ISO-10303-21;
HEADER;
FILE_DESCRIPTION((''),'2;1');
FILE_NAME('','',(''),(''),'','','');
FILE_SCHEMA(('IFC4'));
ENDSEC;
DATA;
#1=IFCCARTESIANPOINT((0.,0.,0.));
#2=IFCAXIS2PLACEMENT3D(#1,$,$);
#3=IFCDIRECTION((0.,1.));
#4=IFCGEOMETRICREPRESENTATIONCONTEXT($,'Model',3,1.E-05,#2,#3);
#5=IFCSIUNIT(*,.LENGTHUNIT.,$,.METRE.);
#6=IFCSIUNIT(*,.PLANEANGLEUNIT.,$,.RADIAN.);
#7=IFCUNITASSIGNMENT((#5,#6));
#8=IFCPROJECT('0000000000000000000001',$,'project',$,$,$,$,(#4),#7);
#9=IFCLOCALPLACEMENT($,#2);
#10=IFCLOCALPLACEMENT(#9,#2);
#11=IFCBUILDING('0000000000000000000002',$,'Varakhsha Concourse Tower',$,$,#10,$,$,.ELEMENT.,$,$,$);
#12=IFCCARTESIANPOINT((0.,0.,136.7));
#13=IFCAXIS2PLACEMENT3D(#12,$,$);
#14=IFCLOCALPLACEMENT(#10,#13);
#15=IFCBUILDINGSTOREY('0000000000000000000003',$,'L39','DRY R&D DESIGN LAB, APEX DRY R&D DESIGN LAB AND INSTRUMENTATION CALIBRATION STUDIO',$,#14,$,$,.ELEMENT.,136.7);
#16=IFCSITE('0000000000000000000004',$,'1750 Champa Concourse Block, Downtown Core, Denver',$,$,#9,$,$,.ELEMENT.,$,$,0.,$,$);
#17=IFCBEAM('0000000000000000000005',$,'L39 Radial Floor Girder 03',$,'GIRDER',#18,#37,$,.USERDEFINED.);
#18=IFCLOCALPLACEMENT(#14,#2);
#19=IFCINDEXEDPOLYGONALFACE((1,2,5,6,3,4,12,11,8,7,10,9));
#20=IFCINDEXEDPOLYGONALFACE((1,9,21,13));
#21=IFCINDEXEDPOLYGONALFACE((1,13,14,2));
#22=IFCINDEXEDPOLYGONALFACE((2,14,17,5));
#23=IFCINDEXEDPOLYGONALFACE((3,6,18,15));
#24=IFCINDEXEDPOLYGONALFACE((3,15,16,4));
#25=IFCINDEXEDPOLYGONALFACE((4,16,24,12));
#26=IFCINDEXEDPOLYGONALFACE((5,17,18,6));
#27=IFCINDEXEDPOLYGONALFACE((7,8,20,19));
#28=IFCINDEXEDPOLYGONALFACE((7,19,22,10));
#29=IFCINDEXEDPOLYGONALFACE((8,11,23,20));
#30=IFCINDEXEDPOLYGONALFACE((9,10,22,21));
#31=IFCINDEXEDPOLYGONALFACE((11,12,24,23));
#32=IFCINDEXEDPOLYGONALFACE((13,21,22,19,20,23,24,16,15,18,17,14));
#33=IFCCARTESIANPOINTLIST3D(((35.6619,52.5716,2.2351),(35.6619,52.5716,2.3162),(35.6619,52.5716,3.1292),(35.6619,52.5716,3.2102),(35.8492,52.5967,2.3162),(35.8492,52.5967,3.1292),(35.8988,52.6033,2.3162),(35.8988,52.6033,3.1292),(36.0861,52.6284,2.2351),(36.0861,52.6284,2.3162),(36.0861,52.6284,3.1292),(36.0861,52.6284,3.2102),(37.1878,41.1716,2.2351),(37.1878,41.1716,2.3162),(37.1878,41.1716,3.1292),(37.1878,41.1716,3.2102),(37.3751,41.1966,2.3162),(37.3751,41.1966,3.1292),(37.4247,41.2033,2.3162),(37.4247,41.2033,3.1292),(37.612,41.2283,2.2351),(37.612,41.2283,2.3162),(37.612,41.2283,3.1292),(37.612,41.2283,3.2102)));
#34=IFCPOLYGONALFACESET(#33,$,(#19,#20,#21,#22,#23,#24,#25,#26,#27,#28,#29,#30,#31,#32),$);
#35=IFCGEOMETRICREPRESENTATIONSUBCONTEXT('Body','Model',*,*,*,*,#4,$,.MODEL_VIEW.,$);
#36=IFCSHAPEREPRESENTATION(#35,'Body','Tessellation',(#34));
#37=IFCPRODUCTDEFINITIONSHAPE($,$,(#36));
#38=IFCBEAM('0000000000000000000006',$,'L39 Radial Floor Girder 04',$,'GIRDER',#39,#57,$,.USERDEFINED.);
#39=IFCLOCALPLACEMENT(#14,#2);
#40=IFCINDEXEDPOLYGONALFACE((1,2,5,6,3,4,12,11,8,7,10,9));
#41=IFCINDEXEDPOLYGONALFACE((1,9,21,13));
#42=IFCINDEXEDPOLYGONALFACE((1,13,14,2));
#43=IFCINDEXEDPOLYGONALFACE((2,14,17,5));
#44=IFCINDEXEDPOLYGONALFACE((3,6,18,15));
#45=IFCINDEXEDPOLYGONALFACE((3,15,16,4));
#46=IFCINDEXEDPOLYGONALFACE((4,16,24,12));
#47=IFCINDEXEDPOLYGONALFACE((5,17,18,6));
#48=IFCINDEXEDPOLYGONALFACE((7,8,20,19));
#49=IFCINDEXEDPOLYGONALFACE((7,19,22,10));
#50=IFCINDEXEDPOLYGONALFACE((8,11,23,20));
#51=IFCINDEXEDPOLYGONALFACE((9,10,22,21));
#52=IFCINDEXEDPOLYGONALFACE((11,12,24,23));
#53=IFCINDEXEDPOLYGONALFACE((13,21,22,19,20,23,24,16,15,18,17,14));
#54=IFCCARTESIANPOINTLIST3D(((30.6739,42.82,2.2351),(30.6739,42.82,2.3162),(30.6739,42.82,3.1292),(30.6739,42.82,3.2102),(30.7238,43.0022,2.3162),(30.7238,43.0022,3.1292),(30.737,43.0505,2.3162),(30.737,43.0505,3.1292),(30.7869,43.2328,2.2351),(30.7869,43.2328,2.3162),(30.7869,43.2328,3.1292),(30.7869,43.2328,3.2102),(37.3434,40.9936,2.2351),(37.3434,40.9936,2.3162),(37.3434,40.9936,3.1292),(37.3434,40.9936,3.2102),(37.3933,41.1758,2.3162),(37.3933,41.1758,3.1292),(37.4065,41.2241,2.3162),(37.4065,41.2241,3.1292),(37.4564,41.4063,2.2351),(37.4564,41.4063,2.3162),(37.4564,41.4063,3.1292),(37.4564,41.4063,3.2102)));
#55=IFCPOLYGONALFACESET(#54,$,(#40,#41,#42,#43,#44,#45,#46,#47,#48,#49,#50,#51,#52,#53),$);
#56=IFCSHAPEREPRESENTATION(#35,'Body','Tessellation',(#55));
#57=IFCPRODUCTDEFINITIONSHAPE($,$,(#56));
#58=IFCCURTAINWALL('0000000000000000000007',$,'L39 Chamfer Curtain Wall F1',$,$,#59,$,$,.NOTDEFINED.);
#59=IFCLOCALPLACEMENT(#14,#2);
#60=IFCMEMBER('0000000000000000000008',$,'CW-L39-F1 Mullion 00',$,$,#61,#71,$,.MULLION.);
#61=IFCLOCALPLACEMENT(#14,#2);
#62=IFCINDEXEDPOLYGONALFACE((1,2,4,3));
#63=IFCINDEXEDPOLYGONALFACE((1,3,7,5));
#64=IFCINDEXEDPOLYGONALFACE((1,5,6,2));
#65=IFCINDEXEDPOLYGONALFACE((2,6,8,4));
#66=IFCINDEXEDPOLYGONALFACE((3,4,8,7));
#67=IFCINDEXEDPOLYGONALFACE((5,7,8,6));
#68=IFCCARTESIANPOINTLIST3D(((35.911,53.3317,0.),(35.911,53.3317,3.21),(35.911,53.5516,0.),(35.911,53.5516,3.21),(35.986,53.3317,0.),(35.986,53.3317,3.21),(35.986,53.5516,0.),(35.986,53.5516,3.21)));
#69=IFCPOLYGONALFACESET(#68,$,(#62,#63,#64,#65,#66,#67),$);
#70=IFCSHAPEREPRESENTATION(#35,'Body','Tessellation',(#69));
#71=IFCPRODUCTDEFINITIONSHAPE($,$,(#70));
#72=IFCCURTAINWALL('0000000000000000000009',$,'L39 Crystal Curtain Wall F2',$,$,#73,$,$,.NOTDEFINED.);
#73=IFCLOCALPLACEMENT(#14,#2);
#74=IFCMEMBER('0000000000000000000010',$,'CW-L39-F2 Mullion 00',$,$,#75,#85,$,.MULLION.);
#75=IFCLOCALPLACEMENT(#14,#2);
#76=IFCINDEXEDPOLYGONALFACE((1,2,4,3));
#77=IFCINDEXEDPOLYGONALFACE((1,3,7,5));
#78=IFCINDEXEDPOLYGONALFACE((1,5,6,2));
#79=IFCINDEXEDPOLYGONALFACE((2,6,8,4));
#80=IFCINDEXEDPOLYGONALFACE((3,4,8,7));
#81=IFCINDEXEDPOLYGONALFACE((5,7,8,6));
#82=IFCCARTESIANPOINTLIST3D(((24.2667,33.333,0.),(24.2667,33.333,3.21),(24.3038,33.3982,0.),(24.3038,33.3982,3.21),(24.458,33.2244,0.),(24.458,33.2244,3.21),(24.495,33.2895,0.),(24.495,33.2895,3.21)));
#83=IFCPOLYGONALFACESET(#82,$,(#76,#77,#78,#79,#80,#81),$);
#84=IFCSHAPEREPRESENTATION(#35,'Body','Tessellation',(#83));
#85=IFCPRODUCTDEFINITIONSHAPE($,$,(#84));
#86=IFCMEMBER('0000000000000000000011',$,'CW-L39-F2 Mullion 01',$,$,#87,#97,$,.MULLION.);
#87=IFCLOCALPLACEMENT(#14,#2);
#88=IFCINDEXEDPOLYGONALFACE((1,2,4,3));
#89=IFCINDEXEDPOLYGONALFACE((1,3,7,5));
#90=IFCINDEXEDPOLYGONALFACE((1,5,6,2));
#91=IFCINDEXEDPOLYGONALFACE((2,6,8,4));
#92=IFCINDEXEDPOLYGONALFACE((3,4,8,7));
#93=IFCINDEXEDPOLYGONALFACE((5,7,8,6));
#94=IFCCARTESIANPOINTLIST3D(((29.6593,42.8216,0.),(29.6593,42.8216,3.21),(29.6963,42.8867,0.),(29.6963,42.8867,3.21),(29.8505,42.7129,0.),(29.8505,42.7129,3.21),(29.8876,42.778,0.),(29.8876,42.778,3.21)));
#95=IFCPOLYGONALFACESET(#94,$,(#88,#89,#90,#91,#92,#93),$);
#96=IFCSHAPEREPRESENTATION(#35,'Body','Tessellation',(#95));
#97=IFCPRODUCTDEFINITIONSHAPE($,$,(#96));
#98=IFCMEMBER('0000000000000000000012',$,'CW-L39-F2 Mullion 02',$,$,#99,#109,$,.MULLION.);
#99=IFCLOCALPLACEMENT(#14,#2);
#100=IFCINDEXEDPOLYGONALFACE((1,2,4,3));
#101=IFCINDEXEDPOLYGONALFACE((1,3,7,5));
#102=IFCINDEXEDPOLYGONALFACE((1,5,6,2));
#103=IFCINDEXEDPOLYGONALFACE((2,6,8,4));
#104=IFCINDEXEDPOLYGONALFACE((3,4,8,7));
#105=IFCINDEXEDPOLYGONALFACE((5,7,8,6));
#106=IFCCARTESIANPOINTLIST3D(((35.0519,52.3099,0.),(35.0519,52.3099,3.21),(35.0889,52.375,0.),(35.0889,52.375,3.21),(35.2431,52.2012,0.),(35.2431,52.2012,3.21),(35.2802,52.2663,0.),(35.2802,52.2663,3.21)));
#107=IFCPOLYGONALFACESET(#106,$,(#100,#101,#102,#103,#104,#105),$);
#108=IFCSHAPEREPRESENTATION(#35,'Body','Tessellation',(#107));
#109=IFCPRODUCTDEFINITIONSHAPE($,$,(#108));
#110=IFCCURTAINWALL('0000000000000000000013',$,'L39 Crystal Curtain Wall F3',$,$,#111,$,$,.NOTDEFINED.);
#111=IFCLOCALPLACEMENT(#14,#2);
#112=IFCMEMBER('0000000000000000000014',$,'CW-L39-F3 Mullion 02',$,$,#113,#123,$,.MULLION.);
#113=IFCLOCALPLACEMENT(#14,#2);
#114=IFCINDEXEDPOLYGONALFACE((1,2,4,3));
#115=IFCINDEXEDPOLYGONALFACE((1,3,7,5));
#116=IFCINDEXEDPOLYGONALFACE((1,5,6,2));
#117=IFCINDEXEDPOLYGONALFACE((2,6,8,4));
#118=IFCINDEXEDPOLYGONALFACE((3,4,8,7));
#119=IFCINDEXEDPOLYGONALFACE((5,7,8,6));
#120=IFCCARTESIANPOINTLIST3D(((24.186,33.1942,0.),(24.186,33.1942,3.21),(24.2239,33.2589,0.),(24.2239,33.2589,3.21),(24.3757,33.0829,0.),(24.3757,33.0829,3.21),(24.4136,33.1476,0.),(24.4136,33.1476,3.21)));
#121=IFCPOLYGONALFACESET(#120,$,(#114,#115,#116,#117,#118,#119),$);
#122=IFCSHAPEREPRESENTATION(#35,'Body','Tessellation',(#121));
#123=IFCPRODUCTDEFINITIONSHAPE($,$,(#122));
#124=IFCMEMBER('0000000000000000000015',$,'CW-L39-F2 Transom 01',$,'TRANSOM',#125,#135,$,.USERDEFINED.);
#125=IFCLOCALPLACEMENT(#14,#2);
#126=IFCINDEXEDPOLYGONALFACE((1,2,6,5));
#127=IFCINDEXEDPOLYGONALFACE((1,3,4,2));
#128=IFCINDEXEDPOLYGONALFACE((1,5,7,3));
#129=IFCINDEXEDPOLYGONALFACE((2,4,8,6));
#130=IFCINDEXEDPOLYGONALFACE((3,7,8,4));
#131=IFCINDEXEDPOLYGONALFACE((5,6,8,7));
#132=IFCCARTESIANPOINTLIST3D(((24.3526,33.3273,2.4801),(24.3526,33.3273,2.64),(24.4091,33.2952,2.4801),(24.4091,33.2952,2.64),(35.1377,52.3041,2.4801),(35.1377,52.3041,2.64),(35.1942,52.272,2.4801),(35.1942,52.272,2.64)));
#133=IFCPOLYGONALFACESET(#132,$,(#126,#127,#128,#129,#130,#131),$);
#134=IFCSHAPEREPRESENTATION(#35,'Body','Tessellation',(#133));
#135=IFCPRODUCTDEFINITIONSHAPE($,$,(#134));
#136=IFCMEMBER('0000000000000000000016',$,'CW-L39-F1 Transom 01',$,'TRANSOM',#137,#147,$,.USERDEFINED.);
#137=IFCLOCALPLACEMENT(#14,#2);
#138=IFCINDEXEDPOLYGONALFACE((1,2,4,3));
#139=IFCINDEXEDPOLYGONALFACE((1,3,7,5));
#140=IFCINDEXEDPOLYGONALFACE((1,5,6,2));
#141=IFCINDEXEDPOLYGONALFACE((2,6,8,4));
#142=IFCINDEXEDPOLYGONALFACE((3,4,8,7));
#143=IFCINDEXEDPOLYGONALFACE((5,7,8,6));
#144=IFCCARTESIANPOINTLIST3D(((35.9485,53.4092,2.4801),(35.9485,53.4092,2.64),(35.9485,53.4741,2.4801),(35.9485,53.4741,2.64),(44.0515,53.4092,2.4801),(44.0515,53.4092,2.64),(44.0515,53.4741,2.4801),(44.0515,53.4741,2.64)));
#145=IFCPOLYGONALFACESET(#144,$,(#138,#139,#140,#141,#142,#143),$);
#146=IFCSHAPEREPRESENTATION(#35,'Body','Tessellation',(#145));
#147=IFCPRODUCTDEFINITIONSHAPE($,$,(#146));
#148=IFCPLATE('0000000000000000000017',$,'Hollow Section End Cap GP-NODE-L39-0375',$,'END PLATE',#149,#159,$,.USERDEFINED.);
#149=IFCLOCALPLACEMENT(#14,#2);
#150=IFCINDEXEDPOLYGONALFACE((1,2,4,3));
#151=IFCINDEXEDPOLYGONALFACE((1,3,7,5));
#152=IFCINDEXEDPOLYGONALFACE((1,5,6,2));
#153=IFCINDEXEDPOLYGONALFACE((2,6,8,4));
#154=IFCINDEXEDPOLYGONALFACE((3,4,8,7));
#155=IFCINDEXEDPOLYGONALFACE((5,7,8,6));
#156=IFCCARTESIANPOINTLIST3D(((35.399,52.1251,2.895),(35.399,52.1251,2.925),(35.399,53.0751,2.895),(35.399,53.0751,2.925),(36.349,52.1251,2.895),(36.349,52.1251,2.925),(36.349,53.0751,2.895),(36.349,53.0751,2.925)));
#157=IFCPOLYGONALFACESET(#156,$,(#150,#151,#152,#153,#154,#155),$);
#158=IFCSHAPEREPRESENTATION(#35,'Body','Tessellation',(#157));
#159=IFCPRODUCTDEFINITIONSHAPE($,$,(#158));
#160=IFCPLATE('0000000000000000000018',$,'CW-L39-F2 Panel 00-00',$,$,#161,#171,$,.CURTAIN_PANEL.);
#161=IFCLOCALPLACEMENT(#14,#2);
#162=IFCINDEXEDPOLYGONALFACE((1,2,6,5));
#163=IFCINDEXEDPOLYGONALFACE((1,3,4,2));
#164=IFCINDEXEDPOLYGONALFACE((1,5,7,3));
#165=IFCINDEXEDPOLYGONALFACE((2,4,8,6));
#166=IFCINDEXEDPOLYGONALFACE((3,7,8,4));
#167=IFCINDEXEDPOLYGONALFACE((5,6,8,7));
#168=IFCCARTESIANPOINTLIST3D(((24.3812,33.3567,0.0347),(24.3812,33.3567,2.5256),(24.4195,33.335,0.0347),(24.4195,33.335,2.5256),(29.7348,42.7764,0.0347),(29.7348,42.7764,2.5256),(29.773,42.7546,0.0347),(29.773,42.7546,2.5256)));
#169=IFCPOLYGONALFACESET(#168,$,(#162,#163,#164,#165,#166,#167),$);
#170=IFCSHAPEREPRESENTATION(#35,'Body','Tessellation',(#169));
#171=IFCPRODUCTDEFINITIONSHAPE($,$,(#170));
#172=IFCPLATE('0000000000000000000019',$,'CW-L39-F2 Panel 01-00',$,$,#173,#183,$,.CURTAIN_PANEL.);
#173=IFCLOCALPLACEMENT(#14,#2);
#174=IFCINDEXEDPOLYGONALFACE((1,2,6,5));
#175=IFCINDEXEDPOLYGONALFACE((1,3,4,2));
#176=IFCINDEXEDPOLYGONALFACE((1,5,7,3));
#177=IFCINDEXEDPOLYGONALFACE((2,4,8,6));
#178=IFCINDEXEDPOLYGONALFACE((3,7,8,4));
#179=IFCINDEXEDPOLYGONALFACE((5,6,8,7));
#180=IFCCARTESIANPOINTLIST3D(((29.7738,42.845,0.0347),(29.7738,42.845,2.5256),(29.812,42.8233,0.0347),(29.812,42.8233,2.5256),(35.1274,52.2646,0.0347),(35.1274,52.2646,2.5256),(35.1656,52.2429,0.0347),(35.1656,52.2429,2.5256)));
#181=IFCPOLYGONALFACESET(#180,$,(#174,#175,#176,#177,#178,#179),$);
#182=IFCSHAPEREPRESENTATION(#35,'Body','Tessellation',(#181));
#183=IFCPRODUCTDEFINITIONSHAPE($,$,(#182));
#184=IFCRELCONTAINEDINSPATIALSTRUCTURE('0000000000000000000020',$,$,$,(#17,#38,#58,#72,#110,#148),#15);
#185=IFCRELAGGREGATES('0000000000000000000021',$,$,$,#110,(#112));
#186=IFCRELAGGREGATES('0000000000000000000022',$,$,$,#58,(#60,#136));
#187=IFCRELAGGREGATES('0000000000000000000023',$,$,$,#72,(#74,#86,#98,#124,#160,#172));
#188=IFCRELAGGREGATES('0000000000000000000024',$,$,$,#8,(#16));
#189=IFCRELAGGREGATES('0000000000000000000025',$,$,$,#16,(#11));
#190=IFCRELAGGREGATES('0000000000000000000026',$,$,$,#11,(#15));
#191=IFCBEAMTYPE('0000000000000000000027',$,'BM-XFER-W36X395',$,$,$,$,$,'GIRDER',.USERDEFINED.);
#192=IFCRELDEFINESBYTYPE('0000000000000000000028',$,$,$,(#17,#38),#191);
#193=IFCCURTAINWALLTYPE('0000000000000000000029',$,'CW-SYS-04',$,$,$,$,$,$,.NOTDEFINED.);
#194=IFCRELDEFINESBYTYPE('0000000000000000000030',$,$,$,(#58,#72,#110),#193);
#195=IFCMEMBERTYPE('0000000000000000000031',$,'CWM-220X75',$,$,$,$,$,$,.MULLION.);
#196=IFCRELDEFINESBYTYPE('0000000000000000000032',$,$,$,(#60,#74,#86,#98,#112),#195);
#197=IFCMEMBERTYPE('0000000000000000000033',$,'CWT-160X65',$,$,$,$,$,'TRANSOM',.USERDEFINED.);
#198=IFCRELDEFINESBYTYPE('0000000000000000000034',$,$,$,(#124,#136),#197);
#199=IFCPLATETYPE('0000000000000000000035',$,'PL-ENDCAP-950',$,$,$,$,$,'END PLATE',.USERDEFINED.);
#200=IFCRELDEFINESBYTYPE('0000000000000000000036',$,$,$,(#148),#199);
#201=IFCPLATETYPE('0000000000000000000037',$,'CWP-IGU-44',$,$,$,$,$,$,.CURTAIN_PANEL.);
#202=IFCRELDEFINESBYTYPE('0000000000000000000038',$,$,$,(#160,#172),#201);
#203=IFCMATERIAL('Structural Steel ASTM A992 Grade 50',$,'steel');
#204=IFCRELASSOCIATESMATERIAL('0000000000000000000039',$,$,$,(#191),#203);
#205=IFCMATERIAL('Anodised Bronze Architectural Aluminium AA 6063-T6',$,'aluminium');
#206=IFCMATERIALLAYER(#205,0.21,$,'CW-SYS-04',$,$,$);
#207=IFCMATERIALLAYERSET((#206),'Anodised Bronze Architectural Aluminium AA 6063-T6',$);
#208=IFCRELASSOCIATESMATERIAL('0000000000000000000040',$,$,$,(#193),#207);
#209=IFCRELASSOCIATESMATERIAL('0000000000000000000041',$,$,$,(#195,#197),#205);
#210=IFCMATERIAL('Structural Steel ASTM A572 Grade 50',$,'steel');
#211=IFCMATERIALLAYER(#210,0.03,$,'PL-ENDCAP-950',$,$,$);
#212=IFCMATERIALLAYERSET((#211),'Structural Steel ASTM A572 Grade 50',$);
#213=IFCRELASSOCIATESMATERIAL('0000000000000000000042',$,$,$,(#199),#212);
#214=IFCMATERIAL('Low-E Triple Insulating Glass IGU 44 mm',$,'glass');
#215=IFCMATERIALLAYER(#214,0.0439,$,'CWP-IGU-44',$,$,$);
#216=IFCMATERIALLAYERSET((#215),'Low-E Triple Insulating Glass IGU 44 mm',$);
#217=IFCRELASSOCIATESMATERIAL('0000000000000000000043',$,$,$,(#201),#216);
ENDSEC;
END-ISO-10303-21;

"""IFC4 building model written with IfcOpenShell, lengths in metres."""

from ifc_helpers import new_model, si_unit, direction, frame, origin, origin_2d, place, context, subcontext, project, spatial, rectangle, i_section, extrude, source, transform, mapped, material, layer, layer_set, material_profile, profile_set, type_object, type_shapes, element, aggregate, save


model = new_model("IFC4")

# Units and contexts
model_context = context("Model", 3, precision=1e-05, world=origin(), true_north=direction((0.0, 1.0)))
body_context = subcontext(model_context, "Body", "Model", "MODEL_VIEW")
ifc_project = project(units=[si_unit("LENGTHUNIT", "METRE"), si_unit("PLANEANGLEUNIT", "RADIAN")], contexts=[model_context])

# Site, building, storey
site_placement = place(None, origin())
site = spatial("IfcSite", under=ifc_project, at=site_placement, Name="1750 Champa Concourse Block, Downtown Core, Denver", CompositionType="ELEMENT", RefElevation=0.0)
building_placement = place(site_placement, origin())
building = spatial("IfcBuilding", under=site, at=building_placement, Name="Varakhsha Concourse Tower", CompositionType="ELEMENT")
storey_placement = place(building_placement, frame((0.0, 0.0, 136.7)))
storey = spatial("IfcBuildingStorey", under=building, at=storey_placement, Name="L39", Description="DRY R&D DESIGN LAB, APEX DRY R&D DESIGN LAB AND INSTRUMENTATION CALIBRATION STUDIO", CompositionType="ELEMENT", Elevation=136.7)

# Shared definitions
ifc_material_1 = material(Name="Structural Steel ASTM A992 Grade 50", Category="steel")
ifc_material_2 = material(Name="Structural Steel ASTM A572 Grade 50", Category="steel")

# Beams
ifc_material_profile_1 = material_profile(ifc_material_1, i_section(OverallWidth=0.428, OverallDepth=0.9751, WebThickness=0.05, FlangeThickness=0.0811, at=origin_2d()), Name="W36X395")
ifc_profile_set_1 = profile_set([ifc_material_profile_1], Name="Structural Steel ASTM A992 Grade 50")
beam_type_1 = type_object("IfcBeamType", Name="BM-XFER-W36X395", ElementType="GIRDER", PredefinedType="USERDEFINED", material=ifc_profile_set_1)
beam_1_placement = place(storey_placement, frame((37.3999, 41.2, 2.7227), z_axis=(-0.132664, 0.991161, 0.0), x_axis=(-0.991161, -0.132664, 0.0)))
element("IfcBeam", 1, at=beam_1_placement, inside=storey, type_object=beam_type_1, Name="L39 Radial Floor Girder 03", ObjectType="GIRDER", PredefinedType="USERDEFINED", context=body_context, shape_type="SweptSolid", body=[
    extrude(i_section(OverallWidth=0.428, OverallDepth=0.9751, WebThickness=0.05, FlangeThickness=0.0811, at=origin_2d()), origin(), (0.0, 0.0, 1.0), 11.5017),
])
beam_2_placement = place(storey_placement, frame((37.3999, 41.2, 2.7227), z_axis=(-0.964489, 0.264124, 0.0), x_axis=(-0.264124, -0.964489, 0.0)))
element("IfcBeam", 2, at=beam_2_placement, inside=storey, type_object=beam_type_1, Name="L39 Radial Floor Girder 04", ObjectType="GIRDER", PredefinedType="USERDEFINED", context=body_context, shape_type="SweptSolid", body=[
    extrude(i_section(OverallWidth=0.428, OverallDepth=0.9751, WebThickness=0.05, FlangeThickness=0.0811, at=origin_2d()), origin(), (0.0, 0.0, 1.0), 6.915),
])

# Curtain wall, member
ifc_material_3 = material(Name="Anodised Bronze Architectural Aluminium AA 6063-T6", Category="aluminium")
ifc_layer_1 = layer(ifc_material_3, 0.21, Name="CW-SYS-04")
ifc_layer_set_1 = layer_set([ifc_layer_1], Name="Anodised Bronze Architectural Aluminium AA 6063-T6")
curtain_wall_type = type_object("IfcCurtainWallType", Name="CW-SYS-04", PredefinedType="NOTDEFINED", material=ifc_layer_set_1)
curtain_wall_1_placement = place(storey_placement, origin())
curtain_wall_1 = element("IfcCurtainWall", 3, at=curtain_wall_1_placement, inside=storey, type_object=curtain_wall_type, Name="L39 Chamfer Curtain Wall F1", PredefinedType="NOTDEFINED")
ifc_material_profile_2 = material_profile(ifc_material_3, rectangle(XDim=0.075, YDim=0.22, at=origin_2d()), Name="CWM-220X75")
ifc_profile_set_2 = profile_set([ifc_material_profile_2], Name="Anodised Bronze Architectural Aluminium AA 6063-T6")
member_type_1 = type_object("IfcMemberType", Name="CWM-220X75", PredefinedType="MULLION", material=ifc_profile_set_2)
shared_shape_1 = source(origin(), body_context, "Body", "SweptSolid", [
    extrude(rectangle(XDim=0.075, YDim=0.22, at=origin_2d()), origin(), (0.0, 0.0, 1.0), 3.21),
])
type_shapes(member_type_1, [shared_shape_1])
member_1_placement = place(storey_placement, frame((35.9485, 53.4417, 0.0), z_axis=(0.0, 0.0, 1.0), x_axis=(1.0, 0.0, 0.0)))
member_1 = element("IfcMember", 4, at=member_1_placement, type_object=member_type_1, Name="CW-L39-F1 Mullion 00", PredefinedType="MULLION", context=body_context, shape_type="MappedRepresentation", body=[
    mapped(shared_shape_1, transform((0.0, 0.0, 0.0), scale=1.0)),
])

# Curtain wall, members
curtain_wall_2_placement = place(storey_placement, origin())
curtain_wall_2 = element("IfcCurtainWall", 5, at=curtain_wall_2_placement, inside=storey, type_object=curtain_wall_type, Name="L39 Crystal Curtain Wall F2", PredefinedType="NOTDEFINED")
member_2_placement = place(storey_placement, frame((24.3809, 33.3113, 0.0), z_axis=(0.0, 0.0, 1.0), x_axis=(0.494115, 0.869397, 0.0)))
member_2 = element("IfcMember", 6, at=member_2_placement, type_object=member_type_1, Name="CW-L39-F2 Mullion 00", PredefinedType="MULLION", context=body_context, shape_type="MappedRepresentation", body=[
    mapped(shared_shape_1, transform((0.0, 0.0, 0.0), scale=1.0)),
])
member_3_placement = place(storey_placement, frame((29.7734, 42.7998, 0.0), z_axis=(0.0, 0.0, 1.0), x_axis=(0.494115, 0.869397, 0.0)))
member_3 = element("IfcMember", 7, at=member_3_placement, type_object=member_type_1, Name="CW-L39-F2 Mullion 01", PredefinedType="MULLION", context=body_context, shape_type="MappedRepresentation", body=[
    mapped(shared_shape_1, transform((0.0, 0.0, 0.0), scale=1.0)),
])
member_4_placement = place(storey_placement, frame((35.166, 52.2881, 0.0), z_axis=(0.0, 0.0, 1.0), x_axis=(0.494115, 0.869397, 0.0)))
member_4 = element("IfcMember", 8, at=member_4_placement, type_object=member_type_1, Name="CW-L39-F2 Mullion 02", PredefinedType="MULLION", context=body_context, shape_type="MappedRepresentation", body=[
    mapped(shared_shape_1, transform((0.0, 0.0, 0.0), scale=1.0)),
])

# Curtain wall, member
curtain_wall_3_placement = place(storey_placement, origin())
curtain_wall_3 = element("IfcCurtainWall", 9, at=curtain_wall_3_placement, inside=storey, type_object=curtain_wall_type, Name="L39 Crystal Curtain Wall F3", PredefinedType="NOTDEFINED")
member_5_placement = place(storey_placement, frame((24.2998, 33.1709, 0.0), z_axis=(0.0, 0.0, 1.0), x_axis=(0.505862, 0.862614, 0.0)))
member_5 = element("IfcMember", 10, at=member_5_placement, type_object=member_type_1, Name="CW-L39-F3 Mullion 02", PredefinedType="MULLION", context=body_context, shape_type="MappedRepresentation", body=[
    mapped(shared_shape_1, transform((0.0, 0.0, 0.0), scale=1.0)),
])
aggregate(curtain_wall_3, [member_5])

# Members
ifc_material_profile_3 = material_profile(ifc_material_3, rectangle(XDim=0.0649, YDim=0.1599, at=origin_2d()), Name="CWT-160X65")
ifc_profile_set_3 = profile_set([ifc_material_profile_3], Name="Anodised Bronze Architectural Aluminium AA 6063-T6")
member_type_2 = type_object("IfcMemberType", Name="CWT-160X65", ElementType="TRANSOM", PredefinedType="USERDEFINED", material=ifc_profile_set_3)
shared_shape_2 = source(origin(), body_context, "Body", "SweptSolid", [
    extrude(rectangle(XDim=0.0649, YDim=0.1599, at=origin_2d()), origin(), (0.0, 0.0, 1.0), 21.8274),
])
member_6_placement = place(storey_placement, frame((24.3809, 33.3113, 2.5601), z_axis=(0.494109, 0.8694, 0.0), x_axis=(-0.8694, 0.494109, 0.0)))
member_6 = element("IfcMember", 11, at=member_6_placement, type_object=member_type_2, Name="CW-L39-F2 Transom 01", ObjectType="TRANSOM", PredefinedType="USERDEFINED", context=body_context, shape_type="MappedRepresentation", body=[
    mapped(shared_shape_2, transform((0.0, 0.0, 0.0), scale=1.0)),
])
shared_shape_3 = source(origin(), body_context, "Body", "SweptSolid", [
    extrude(rectangle(XDim=0.0649, YDim=0.1599, at=origin_2d()), origin(), (0.0, 0.0, 1.0), 8.103),
])
type_shapes(member_type_2, [shared_shape_2, shared_shape_3])
member_7_placement = place(storey_placement, frame((35.9485, 53.4417, 2.5601), z_axis=(1.0, 0.0, 0.0), x_axis=(0.0, 1.0, 0.0)))
member_7 = element("IfcMember", 12, at=member_7_placement, type_object=member_type_2, Name="CW-L39-F1 Transom 01", ObjectType="TRANSOM", PredefinedType="USERDEFINED", context=body_context, shape_type="MappedRepresentation", body=[
    mapped(shared_shape_3, transform((0.0, 0.0, 0.0), scale=1.0)),
])
aggregate(curtain_wall_1, [member_1, member_7])

# Plates
ifc_layer_2 = layer(ifc_material_2, 0.03, Name="PL-ENDCAP-950")
ifc_layer_set_2 = layer_set([ifc_layer_2], Name="Structural Steel ASTM A572 Grade 50")
plate_type_1 = type_object("IfcPlateType", Name="PL-ENDCAP-950", ElementType="END PLATE", PredefinedType="USERDEFINED", material=ifc_layer_set_2)
shared_shape_4 = source(origin(), body_context, "Body", "SweptSolid", [
    extrude(rectangle(XDim=0.95, YDim=0.95, at=origin_2d()), origin(), (0.0, 0.0, 1.0), 0.03),
])
type_shapes(plate_type_1, [shared_shape_4])
plate_1_placement = place(storey_placement, frame((35.874, 52.6001, 2.895), z_axis=(0.0, 0.0, 1.0), x_axis=(1.0, 0.0, 0.0)))
element("IfcPlate", 13, at=plate_1_placement, inside=storey, type_object=plate_type_1, Name="Hollow Section End Cap GP-NODE-L39-0375", ObjectType="END PLATE", PredefinedType="USERDEFINED", context=body_context, shape_type="MappedRepresentation", body=[
    mapped(shared_shape_4, transform((0.0, 0.0, 0.0), scale=1.0)),
])
ifc_material_4 = material(Name="Low-E Triple Insulating Glass IGU 44 mm", Category="glass")
ifc_layer_3 = layer(ifc_material_4, 0.0439, Name="CWP-IGU-44")
ifc_layer_set_3 = layer_set([ifc_layer_3], Name="Low-E Triple Insulating Glass IGU 44 mm")
plate_type_2 = type_object("IfcPlateType", Name="CWP-IGU-44", PredefinedType="CURTAIN_PANEL", material=ifc_layer_set_3)
shared_shape_5 = source(origin(), body_context, "Body", "SweptSolid", [
    extrude(rectangle(XDim=10.8347, YDim=0.0439, at=origin_2d()), origin(), (0.0, 0.0, 1.0), 2.491),
])
type_shapes(plate_type_2, [shared_shape_5])
plate_2_placement = place(storey_placement, frame((27.0771, 38.0557, 0.0347), z_axis=(0.0, 0.0, 1.0), x_axis=(0.494115, 0.869397, 0.0)))
plate_2 = element("IfcPlate", 14, at=plate_2_placement, type_object=plate_type_2, Name="CW-L39-F2 Panel 00-00", PredefinedType="CURTAIN_PANEL", context=body_context, shape_type="MappedRepresentation", body=[
    mapped(shared_shape_5, transform((0.0, 0.0, 0.0), scale=1.0)),
])
plate_3_placement = place(storey_placement, frame((32.4697, 47.5439, 0.0347), z_axis=(0.0, 0.0, 1.0), x_axis=(0.494115, 0.869397, 0.0)))
plate_3 = element("IfcPlate", 15, at=plate_3_placement, type_object=plate_type_2, Name="CW-L39-F2 Panel 01-00", PredefinedType="CURTAIN_PANEL", context=body_context, shape_type="MappedRepresentation", body=[
    mapped(shared_shape_5, transform((0.0, 0.0, 0.0), scale=1.0)),
])
aggregate(curtain_wall_2, [member_2, member_3, member_4, member_6, plate_2, plate_3])

save(model, "model.ifc")
